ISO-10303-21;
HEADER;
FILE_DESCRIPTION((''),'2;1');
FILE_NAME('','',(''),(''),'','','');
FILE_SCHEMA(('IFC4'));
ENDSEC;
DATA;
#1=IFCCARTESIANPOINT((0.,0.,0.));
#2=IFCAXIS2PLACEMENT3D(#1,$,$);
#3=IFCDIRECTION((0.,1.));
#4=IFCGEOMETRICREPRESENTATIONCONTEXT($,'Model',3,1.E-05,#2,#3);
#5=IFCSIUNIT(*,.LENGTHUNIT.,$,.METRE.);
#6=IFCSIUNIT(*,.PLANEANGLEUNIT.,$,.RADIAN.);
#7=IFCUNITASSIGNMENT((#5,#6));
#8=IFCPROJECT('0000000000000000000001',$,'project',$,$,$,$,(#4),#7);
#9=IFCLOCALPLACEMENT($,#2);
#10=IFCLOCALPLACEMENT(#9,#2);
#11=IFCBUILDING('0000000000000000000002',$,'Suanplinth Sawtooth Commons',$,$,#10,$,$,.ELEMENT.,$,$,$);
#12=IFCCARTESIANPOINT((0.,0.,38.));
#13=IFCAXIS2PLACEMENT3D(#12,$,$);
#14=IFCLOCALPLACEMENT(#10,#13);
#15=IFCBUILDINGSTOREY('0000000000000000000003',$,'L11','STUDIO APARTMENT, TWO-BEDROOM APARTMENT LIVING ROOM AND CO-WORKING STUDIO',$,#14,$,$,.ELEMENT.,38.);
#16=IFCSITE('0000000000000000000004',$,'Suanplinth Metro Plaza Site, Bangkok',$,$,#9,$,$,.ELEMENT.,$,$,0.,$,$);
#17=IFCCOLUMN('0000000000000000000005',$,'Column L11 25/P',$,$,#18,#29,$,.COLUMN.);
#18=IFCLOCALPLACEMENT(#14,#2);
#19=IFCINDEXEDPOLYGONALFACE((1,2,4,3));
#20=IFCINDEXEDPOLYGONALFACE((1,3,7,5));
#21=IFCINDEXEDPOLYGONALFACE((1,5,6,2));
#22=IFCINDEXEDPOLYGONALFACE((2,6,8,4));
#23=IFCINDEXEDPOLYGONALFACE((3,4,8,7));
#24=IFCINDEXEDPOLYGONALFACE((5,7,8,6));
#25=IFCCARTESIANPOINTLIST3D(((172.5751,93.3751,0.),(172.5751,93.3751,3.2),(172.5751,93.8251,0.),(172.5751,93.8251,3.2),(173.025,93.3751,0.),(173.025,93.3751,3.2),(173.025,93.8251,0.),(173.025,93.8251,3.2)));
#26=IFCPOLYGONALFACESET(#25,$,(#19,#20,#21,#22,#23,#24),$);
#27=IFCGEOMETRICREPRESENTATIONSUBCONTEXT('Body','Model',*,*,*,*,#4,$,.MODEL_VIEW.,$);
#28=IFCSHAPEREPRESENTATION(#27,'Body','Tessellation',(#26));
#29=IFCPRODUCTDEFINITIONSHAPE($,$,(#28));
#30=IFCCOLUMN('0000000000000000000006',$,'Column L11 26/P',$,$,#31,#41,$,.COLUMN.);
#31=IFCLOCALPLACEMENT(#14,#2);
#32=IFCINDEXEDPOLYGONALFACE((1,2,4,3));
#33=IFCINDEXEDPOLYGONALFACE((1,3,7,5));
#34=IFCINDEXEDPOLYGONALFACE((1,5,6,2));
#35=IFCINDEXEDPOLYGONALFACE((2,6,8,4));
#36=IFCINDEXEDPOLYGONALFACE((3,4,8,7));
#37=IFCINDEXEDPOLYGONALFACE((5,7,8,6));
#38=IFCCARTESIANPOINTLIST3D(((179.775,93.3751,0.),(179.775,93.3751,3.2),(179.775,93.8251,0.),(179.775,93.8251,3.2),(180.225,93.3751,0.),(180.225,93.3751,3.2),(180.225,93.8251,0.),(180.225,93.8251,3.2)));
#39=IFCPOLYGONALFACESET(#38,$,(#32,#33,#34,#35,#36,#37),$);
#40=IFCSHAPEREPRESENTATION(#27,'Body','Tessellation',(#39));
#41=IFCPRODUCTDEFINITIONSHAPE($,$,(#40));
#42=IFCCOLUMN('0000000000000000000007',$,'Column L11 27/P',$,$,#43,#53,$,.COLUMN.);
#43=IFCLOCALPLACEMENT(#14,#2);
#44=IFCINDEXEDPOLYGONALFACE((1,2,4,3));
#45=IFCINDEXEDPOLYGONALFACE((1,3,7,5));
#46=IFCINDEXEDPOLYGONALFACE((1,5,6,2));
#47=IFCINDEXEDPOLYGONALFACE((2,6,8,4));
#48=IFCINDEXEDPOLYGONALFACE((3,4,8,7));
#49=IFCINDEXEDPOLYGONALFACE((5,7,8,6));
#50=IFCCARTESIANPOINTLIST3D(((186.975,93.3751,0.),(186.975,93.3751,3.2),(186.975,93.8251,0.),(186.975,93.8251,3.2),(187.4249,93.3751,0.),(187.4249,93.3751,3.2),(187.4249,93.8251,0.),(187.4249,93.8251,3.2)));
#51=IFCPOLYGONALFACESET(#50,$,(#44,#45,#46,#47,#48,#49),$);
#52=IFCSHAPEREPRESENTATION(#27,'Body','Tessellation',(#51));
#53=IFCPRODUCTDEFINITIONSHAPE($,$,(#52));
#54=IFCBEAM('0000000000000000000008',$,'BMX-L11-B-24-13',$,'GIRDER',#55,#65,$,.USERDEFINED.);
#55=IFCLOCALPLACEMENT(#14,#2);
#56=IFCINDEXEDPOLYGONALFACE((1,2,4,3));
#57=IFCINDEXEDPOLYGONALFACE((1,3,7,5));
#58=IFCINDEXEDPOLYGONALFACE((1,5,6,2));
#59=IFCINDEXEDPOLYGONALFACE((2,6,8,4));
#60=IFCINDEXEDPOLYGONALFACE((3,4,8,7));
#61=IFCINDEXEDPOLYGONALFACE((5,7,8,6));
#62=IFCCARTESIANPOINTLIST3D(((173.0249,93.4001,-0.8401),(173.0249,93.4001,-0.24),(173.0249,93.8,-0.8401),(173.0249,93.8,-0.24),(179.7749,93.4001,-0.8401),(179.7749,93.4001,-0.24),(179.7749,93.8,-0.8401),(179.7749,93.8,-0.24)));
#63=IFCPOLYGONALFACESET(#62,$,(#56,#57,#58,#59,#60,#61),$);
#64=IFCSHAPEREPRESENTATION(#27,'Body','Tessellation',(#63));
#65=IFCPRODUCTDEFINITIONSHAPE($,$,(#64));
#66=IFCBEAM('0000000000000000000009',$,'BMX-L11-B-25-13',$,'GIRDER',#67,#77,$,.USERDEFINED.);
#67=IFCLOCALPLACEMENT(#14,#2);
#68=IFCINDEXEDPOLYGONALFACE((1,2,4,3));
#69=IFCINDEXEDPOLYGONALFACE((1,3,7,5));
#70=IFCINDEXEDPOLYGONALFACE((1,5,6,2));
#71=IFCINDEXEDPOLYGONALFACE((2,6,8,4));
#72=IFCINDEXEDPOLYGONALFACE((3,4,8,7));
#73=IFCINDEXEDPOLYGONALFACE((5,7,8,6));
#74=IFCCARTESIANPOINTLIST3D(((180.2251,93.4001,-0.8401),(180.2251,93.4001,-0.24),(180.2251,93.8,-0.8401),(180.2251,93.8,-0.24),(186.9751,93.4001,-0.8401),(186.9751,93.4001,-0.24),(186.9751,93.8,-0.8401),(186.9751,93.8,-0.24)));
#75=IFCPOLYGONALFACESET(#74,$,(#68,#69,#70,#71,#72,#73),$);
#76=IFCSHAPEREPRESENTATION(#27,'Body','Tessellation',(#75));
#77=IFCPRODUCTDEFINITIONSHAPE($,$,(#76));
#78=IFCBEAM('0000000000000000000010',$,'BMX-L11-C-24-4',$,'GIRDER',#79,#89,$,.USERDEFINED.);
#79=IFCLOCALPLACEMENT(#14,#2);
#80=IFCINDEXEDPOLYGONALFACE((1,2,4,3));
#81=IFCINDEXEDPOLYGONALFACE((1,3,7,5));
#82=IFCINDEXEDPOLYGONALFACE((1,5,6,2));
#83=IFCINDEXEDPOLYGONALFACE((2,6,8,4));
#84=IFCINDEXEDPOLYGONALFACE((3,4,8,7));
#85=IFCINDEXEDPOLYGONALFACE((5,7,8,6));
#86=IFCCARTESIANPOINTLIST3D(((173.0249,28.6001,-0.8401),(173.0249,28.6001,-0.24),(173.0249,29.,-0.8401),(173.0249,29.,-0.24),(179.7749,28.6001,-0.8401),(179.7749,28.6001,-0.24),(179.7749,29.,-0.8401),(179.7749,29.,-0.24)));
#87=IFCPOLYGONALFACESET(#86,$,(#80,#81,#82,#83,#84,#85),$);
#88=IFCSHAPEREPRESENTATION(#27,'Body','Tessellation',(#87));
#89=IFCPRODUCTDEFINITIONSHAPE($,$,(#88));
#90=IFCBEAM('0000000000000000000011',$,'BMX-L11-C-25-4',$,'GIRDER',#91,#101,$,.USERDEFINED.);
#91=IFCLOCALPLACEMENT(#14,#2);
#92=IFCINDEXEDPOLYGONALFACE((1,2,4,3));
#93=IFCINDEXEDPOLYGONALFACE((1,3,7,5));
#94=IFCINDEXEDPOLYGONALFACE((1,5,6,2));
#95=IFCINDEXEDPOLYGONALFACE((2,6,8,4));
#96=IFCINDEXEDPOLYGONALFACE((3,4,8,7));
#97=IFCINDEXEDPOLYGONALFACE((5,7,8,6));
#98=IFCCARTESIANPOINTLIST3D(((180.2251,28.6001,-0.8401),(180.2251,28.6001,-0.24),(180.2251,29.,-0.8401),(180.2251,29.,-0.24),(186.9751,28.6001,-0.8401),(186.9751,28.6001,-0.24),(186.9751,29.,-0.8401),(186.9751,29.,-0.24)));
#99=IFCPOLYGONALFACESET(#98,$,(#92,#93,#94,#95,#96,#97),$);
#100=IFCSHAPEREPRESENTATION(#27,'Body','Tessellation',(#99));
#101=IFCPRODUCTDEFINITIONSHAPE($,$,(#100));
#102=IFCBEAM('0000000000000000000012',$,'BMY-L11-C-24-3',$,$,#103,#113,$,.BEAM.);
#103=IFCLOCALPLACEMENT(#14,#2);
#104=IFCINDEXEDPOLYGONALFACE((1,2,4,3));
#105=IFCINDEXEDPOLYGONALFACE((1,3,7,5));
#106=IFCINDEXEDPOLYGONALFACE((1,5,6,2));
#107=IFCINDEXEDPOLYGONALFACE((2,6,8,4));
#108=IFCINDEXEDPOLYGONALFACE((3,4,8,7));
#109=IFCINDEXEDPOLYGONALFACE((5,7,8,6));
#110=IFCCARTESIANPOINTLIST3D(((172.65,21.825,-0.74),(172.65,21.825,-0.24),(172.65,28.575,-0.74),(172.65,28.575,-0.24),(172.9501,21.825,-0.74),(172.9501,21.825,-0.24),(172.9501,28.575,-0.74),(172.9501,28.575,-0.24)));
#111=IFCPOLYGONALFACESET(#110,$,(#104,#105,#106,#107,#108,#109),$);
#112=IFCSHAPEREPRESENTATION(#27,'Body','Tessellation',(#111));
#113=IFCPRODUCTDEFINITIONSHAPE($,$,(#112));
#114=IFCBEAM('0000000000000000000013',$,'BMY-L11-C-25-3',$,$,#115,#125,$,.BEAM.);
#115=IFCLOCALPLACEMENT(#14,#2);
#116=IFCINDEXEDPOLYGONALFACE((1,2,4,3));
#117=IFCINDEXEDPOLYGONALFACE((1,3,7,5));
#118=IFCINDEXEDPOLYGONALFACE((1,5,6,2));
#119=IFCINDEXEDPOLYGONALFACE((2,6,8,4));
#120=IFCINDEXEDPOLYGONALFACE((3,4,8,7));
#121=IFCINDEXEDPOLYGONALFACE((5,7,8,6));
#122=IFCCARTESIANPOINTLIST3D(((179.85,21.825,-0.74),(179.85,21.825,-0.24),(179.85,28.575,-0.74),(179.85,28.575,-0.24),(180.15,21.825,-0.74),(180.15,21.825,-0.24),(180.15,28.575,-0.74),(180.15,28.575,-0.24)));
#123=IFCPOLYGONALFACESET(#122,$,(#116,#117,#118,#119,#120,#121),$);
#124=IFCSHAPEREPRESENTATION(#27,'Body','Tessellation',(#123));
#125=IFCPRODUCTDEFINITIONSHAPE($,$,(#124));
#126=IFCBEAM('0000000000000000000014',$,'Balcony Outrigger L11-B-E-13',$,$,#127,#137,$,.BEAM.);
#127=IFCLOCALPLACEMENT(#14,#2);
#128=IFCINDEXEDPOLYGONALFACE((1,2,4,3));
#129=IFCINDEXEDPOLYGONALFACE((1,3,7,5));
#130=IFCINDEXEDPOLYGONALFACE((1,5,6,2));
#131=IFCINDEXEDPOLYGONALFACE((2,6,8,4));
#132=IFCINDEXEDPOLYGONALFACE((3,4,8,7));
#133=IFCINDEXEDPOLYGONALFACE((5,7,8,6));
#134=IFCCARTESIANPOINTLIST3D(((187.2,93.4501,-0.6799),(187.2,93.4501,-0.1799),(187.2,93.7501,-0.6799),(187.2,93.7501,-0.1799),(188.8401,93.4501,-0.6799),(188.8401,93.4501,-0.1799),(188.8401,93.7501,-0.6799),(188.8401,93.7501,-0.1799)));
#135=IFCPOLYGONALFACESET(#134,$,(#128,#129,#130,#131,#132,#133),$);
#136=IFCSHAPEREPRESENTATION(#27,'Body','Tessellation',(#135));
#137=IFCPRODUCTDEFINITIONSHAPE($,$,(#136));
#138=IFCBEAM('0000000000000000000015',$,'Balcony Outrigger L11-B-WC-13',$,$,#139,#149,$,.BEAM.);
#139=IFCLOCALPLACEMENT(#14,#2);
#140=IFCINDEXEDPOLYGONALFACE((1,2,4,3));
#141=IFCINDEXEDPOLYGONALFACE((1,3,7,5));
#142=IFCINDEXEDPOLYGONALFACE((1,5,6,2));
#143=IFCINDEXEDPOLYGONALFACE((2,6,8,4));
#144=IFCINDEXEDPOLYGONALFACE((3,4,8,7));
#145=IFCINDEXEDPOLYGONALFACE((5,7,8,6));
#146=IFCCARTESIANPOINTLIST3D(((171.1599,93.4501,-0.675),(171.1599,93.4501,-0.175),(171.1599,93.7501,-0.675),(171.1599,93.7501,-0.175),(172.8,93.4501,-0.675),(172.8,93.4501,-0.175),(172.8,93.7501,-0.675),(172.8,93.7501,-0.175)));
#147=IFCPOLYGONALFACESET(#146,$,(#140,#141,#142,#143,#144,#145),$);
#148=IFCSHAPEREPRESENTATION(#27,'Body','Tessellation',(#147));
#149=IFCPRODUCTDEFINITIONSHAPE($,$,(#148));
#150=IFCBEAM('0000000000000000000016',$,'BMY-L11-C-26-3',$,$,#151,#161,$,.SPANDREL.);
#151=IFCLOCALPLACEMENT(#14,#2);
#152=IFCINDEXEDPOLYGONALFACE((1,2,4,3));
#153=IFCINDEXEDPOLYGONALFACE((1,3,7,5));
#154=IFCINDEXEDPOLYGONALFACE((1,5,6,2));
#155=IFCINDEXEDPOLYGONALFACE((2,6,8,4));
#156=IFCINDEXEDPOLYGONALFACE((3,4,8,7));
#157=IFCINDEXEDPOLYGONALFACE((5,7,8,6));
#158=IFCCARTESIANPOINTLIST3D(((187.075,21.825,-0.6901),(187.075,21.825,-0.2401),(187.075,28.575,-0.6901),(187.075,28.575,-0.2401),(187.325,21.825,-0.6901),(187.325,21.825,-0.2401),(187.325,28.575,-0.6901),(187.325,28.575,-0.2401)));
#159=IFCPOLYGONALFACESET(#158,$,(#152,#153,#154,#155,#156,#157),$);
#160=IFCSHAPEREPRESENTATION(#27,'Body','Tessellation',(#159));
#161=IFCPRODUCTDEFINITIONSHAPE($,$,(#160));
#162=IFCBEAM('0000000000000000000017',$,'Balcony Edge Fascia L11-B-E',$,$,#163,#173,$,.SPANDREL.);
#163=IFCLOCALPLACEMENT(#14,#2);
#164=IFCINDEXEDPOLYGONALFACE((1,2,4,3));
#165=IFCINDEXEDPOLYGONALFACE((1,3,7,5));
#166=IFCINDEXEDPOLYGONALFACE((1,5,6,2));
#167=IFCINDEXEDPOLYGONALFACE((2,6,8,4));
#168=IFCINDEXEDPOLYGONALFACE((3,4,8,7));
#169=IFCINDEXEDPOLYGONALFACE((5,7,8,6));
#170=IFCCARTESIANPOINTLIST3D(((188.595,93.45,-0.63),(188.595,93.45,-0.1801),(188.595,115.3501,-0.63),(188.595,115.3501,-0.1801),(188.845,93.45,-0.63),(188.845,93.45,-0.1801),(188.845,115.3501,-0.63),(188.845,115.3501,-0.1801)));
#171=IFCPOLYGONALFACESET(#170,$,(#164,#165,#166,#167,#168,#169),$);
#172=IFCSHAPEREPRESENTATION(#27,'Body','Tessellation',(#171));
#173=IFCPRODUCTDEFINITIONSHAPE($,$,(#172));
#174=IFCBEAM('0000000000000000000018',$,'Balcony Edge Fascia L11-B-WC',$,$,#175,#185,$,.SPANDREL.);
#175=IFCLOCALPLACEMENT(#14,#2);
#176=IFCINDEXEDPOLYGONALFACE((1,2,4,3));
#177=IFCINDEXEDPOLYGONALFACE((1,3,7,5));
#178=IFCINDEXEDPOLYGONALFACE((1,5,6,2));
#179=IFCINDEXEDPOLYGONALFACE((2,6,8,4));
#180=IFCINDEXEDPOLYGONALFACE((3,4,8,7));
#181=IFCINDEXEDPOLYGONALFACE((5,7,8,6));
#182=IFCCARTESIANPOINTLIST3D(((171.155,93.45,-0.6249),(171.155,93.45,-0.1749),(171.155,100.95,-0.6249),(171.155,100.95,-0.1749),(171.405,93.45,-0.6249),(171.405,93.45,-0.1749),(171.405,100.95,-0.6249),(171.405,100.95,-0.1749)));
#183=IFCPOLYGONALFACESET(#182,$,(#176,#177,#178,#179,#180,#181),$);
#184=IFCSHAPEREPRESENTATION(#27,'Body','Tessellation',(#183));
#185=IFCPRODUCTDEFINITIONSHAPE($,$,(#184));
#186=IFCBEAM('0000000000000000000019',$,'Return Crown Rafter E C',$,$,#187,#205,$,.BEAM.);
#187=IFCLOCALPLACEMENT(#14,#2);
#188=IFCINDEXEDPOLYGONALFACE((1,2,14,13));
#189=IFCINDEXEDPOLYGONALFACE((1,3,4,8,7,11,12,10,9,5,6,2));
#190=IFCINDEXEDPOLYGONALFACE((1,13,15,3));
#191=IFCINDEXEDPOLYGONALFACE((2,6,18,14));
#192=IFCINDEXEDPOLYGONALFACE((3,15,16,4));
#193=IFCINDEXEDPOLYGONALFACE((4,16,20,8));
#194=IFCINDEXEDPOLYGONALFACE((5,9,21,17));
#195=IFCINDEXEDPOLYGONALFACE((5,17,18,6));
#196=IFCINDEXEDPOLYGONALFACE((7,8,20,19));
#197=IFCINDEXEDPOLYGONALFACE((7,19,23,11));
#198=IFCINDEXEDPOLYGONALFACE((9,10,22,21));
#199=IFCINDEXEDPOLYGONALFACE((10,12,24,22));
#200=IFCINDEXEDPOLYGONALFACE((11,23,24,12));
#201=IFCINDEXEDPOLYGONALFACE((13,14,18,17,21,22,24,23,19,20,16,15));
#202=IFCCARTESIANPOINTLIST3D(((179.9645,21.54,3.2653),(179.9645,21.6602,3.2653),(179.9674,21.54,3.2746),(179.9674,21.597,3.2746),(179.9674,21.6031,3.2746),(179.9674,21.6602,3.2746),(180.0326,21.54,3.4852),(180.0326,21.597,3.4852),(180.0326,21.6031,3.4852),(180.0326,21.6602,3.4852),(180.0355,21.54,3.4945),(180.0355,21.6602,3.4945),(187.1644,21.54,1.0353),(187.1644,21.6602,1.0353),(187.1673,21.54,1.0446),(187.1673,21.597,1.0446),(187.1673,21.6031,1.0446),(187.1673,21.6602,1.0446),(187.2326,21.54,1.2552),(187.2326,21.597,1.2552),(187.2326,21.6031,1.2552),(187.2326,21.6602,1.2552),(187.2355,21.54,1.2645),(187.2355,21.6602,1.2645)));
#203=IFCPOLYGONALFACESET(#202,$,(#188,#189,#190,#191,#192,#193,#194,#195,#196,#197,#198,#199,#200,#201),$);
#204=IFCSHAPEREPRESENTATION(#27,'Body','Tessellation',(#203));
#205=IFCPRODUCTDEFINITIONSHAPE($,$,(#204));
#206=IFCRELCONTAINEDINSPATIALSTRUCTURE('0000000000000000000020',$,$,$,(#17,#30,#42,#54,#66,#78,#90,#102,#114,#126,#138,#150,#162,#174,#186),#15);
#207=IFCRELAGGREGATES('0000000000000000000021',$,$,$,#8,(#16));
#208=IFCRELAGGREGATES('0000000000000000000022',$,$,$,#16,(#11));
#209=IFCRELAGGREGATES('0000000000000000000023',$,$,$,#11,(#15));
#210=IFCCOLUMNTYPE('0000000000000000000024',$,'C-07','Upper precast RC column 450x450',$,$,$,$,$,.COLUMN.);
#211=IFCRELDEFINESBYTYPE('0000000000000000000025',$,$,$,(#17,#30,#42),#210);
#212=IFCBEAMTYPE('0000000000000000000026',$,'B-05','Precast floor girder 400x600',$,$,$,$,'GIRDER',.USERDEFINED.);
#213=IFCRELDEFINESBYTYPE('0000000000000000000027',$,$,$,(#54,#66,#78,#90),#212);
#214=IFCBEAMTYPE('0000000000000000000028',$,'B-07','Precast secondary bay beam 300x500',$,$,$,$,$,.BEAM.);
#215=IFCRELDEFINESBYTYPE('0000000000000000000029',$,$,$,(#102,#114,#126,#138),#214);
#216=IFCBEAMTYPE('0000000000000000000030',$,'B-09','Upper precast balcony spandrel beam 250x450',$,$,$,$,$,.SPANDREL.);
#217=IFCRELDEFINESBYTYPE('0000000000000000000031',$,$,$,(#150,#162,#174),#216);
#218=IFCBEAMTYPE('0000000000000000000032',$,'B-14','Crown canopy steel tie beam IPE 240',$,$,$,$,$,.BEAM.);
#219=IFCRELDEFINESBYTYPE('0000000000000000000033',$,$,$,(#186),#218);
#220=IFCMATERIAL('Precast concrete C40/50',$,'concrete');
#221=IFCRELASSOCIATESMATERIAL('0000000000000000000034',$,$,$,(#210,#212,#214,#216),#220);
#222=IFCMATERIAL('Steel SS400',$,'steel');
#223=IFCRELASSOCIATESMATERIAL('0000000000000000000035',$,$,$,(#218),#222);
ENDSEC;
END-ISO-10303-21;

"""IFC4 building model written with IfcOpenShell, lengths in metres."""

from ifc_helpers import new_model, si_unit, direction, frame, origin, origin_2d, place, context, subcontext, project, spatial, rectangle, i_section, extrude, material, material_profile, profile_set, type_object, element, save


model = new_model("IFC4")

# Units and contexts
model_context = context("Model", 3, precision=1e-05, world=origin(), true_north=direction((0.0, 1.0)))
body_context = subcontext(model_context, "Body", "Model", "MODEL_VIEW")
ifc_project = project(units=[si_unit("LENGTHUNIT", "METRE"), si_unit("PLANEANGLEUNIT", "RADIAN")], contexts=[model_context])

# Site, building, storey
site_placement = place(None, origin())
site = spatial("IfcSite", under=ifc_project, at=site_placement, Name="Suanplinth Metro Plaza Site, Bangkok", CompositionType="ELEMENT", RefElevation=0.0)
building_placement = place(site_placement, origin())
building = spatial("IfcBuilding", under=site, at=building_placement, Name="Suanplinth Sawtooth Commons", CompositionType="ELEMENT")
storey_placement = place(building_placement, frame((0.0, 0.0, 38.0)))
storey = spatial("IfcBuildingStorey", under=building, at=storey_placement, Name="L11", Description="STUDIO APARTMENT, TWO-BEDROOM APARTMENT LIVING ROOM AND CO-WORKING STUDIO", CompositionType="ELEMENT", Elevation=38.0)

# Columns
ifc_material_1 = material(Name="Precast concrete C40/50", Category="concrete")
ifc_material_profile_1 = material_profile(ifc_material_1, rectangle(XDim=0.45, YDim=0.45, at=origin_2d()), Name="PC-COL 450x450")
ifc_profile_set_1 = profile_set([ifc_material_profile_1], Name="Precast concrete C40/50")
column_type = type_object("IfcColumnType", Name="C-07", Description="Upper precast RC column 450x450", PredefinedType="COLUMN", material=ifc_profile_set_1)
for number, where, z_axis, x_axis, name in (
    (1, (172.8, 93.6001, 0.0), (0.0, 0.0, 1.0), (1.0, 0.0, 0.0), "Column L11 25/P"),
    (2, (180.0, 93.6001, 0.0), (0.0, 0.0, 1.0), (1.0, 0.0, 0.0), "Column L11 26/P"),
    (3, (187.2, 93.6001, 0.0), (0.0, 0.0, 1.0), (1.0, 0.0, 0.0), "Column L11 27/P"),
):
    element("IfcColumn", number, at=place(storey_placement, frame(where, z_axis=z_axis, x_axis=x_axis)), inside=storey, type_object=column_type, Name=name, PredefinedType="COLUMN", context=body_context, shape_type="SweptSolid", body=[
        extrude(rectangle(XDim=0.45, YDim=0.45, at=origin_2d()), origin(), (0.0, 0.0, 1.0), 3.2),
    ])

# Beams
ifc_material_profile_2 = material_profile(ifc_material_1, rectangle(XDim=0.3999, YDim=0.6001, at=origin_2d()), Name="PC-GDR 400x600")
ifc_profile_set_2 = profile_set([ifc_material_profile_2], Name="Precast concrete C40/50")
beam_type_1 = type_object("IfcBeamType", Name="B-05", Description="Precast floor girder 400x600", ElementType="GIRDER", PredefinedType="USERDEFINED", material=ifc_profile_set_2)
for number, where, z_axis, x_axis, name in (
    (4, (173.0249, 93.6001, -0.54), (1.0, 0.0, 0.0), (0.0, 1.0, 0.0), "BMX-L11-B-24-13"),
    (5, (180.2251, 93.6001, -0.54), (1.0, 0.0, 0.0), (0.0, 1.0, 0.0), "BMX-L11-B-25-13"),
    (6, (173.0249, 28.8, -0.54), (1.0, 0.0, 0.0), (0.0, 1.0, 0.0), "BMX-L11-C-24-4"),
    (7, (180.2251, 28.8, -0.54), (1.0, 0.0, 0.0), (0.0, 1.0, 0.0), "BMX-L11-C-25-4"),
):
    element("IfcBeam", number, at=place(storey_placement, frame(where, z_axis=z_axis, x_axis=x_axis)), inside=storey, type_object=beam_type_1, Name=name, ObjectType="GIRDER", PredefinedType="USERDEFINED", context=body_context, shape_type="SweptSolid", body=[
        extrude(rectangle(XDim=0.3999, YDim=0.6001, at=origin_2d()), origin(), (0.0, 0.0, 1.0), 6.75),
    ])
ifc_material_profile_3 = material_profile(ifc_material_1, rectangle(XDim=0.3, YDim=0.5, at=origin_2d()), Name="PC-BM 300x500")
ifc_profile_set_3 = profile_set([ifc_material_profile_3], Name="Precast concrete C40/50")
beam_type_2 = type_object("IfcBeamType", Name="B-07", Description="Precast secondary bay beam 300x500", PredefinedType="BEAM", material=ifc_profile_set_3)
for number, where, z_axis, x_axis, name in (
    (8, (172.8, 21.825, -0.49), (0.0, 1.0, 0.0), (-1.0, 0.0, 0.0), "BMY-L11-C-24-3"),
    (9, (180.0, 21.825, -0.49), (0.0, 1.0, 0.0), (-1.0, 0.0, 0.0), "BMY-L11-C-25-3"),
):
    element("IfcBeam", number, at=place(storey_placement, frame(where, z_axis=z_axis, x_axis=x_axis)), inside=storey, type_object=beam_type_2, Name=name, PredefinedType="BEAM", context=body_context, shape_type="SweptSolid", body=[
        extrude(rectangle(XDim=0.3, YDim=0.5, at=origin_2d()), origin(), (0.0, 0.0, 1.0), 6.75),
    ])
for number, where, z_axis, x_axis, name in (
    (10, (187.2, 93.6001, -0.4299), (1.0, 0.0, 0.0), (0.0, 1.0, 0.0), "Balcony Outrigger L11-B-E-13"),
    (11, (172.8, 93.6001, -0.425), (-1.0, 0.0, 0.0), (0.0, -1.0, 0.0), "Balcony Outrigger L11-B-WC-13"),
):
    element("IfcBeam", number, at=place(storey_placement, frame(where, z_axis=z_axis, x_axis=x_axis)), inside=storey, type_object=beam_type_2, Name=name, PredefinedType="BEAM", context=body_context, shape_type="SweptSolid", body=[
        extrude(rectangle(XDim=0.3, YDim=0.5, at=origin_2d()), origin(), (0.0, 0.0, 1.0), 1.6401),
    ])
ifc_material_profile_4 = material_profile(ifc_material_1, rectangle(XDim=0.25, YDim=0.45, at=origin_2d()), Name="PC-SP 250x450")
ifc_profile_set_4 = profile_set([ifc_material_profile_4], Name="Precast concrete C40/50")
beam_type_3 = type_object("IfcBeamType", Name="B-09", Description="Upper precast balcony spandrel beam 250x450", PredefinedType="SPANDREL", material=ifc_profile_set_4)
beam_1_placement = place(storey_placement, frame((187.2, 21.825, -0.4651), z_axis=(0.0, 1.0, 0.0), x_axis=(-1.0, 0.0, 0.0)))
element("IfcBeam", 12, at=beam_1_placement, inside=storey, type_object=beam_type_3, Name="BMY-L11-C-26-3", PredefinedType="SPANDREL", context=body_context, shape_type="SweptSolid", body=[
    extrude(rectangle(XDim=0.25, YDim=0.45, at=origin_2d()), origin(), (0.0, 0.0, 1.0), 6.75),
])
beam_2_placement = place(storey_placement, frame((188.72, 93.45, -0.405), z_axis=(0.0, 1.0, 0.0), x_axis=(-1.0, 0.0, 0.0)))
element("IfcBeam", 13, at=beam_2_placement, inside=storey, type_object=beam_type_3, Name="Balcony Edge Fascia L11-B-E", PredefinedType="SPANDREL", context=body_context, shape_type="SweptSolid", body=[
    extrude(rectangle(XDim=0.25, YDim=0.45, at=origin_2d()), origin(), (0.0, 0.0, 1.0), 21.9001),
])
beam_3_placement = place(storey_placement, frame((171.28, 93.45, -0.3999), z_axis=(0.0, 1.0, 0.0), x_axis=(-1.0, 0.0, 0.0)))
element("IfcBeam", 14, at=beam_3_placement, inside=storey, type_object=beam_type_3, Name="Balcony Edge Fascia L11-B-WC", PredefinedType="SPANDREL", context=body_context, shape_type="SweptSolid", body=[
    extrude(rectangle(XDim=0.25, YDim=0.45, at=origin_2d()), origin(), (0.0, 0.0, 1.0), 7.5),
])
ifc_material_2 = material(Name="Steel SS400", Category="steel")
ifc_material_profile_5 = material_profile(ifc_material_2, i_section(OverallWidth=0.1201, OverallDepth=0.24, WebThickness=0.0061, FlangeThickness=0.0098, at=origin_2d()), Name="IPE 240")
ifc_profile_set_5 = profile_set([ifc_material_profile_5], Name="Steel SS400")
beam_type_4 = type_object("IfcBeamType", Name="B-14", Description="Crown canopy steel tie beam IPE 240", PredefinedType="BEAM", material=ifc_profile_set_5)
beam_4_placement = place(storey_placement, frame((187.2, 21.6001, 1.1499), z_axis=(-0.955233, 0.0, 0.295856), x_axis=(0.0, -1.0, 0.0)))
element("IfcBeam", 15, at=beam_4_placement, inside=storey, type_object=beam_type_4, Name="Return Crown Rafter E C", PredefinedType="BEAM", context=body_context, shape_type="SweptSolid", body=[
    extrude(i_section(OverallWidth=0.1201, OverallDepth=0.24, WebThickness=0.0061, FlangeThickness=0.0098, at=origin_2d()), origin(), (0.0, 0.0, 1.0), 7.5374),
])

save(model, "model.ifc")
